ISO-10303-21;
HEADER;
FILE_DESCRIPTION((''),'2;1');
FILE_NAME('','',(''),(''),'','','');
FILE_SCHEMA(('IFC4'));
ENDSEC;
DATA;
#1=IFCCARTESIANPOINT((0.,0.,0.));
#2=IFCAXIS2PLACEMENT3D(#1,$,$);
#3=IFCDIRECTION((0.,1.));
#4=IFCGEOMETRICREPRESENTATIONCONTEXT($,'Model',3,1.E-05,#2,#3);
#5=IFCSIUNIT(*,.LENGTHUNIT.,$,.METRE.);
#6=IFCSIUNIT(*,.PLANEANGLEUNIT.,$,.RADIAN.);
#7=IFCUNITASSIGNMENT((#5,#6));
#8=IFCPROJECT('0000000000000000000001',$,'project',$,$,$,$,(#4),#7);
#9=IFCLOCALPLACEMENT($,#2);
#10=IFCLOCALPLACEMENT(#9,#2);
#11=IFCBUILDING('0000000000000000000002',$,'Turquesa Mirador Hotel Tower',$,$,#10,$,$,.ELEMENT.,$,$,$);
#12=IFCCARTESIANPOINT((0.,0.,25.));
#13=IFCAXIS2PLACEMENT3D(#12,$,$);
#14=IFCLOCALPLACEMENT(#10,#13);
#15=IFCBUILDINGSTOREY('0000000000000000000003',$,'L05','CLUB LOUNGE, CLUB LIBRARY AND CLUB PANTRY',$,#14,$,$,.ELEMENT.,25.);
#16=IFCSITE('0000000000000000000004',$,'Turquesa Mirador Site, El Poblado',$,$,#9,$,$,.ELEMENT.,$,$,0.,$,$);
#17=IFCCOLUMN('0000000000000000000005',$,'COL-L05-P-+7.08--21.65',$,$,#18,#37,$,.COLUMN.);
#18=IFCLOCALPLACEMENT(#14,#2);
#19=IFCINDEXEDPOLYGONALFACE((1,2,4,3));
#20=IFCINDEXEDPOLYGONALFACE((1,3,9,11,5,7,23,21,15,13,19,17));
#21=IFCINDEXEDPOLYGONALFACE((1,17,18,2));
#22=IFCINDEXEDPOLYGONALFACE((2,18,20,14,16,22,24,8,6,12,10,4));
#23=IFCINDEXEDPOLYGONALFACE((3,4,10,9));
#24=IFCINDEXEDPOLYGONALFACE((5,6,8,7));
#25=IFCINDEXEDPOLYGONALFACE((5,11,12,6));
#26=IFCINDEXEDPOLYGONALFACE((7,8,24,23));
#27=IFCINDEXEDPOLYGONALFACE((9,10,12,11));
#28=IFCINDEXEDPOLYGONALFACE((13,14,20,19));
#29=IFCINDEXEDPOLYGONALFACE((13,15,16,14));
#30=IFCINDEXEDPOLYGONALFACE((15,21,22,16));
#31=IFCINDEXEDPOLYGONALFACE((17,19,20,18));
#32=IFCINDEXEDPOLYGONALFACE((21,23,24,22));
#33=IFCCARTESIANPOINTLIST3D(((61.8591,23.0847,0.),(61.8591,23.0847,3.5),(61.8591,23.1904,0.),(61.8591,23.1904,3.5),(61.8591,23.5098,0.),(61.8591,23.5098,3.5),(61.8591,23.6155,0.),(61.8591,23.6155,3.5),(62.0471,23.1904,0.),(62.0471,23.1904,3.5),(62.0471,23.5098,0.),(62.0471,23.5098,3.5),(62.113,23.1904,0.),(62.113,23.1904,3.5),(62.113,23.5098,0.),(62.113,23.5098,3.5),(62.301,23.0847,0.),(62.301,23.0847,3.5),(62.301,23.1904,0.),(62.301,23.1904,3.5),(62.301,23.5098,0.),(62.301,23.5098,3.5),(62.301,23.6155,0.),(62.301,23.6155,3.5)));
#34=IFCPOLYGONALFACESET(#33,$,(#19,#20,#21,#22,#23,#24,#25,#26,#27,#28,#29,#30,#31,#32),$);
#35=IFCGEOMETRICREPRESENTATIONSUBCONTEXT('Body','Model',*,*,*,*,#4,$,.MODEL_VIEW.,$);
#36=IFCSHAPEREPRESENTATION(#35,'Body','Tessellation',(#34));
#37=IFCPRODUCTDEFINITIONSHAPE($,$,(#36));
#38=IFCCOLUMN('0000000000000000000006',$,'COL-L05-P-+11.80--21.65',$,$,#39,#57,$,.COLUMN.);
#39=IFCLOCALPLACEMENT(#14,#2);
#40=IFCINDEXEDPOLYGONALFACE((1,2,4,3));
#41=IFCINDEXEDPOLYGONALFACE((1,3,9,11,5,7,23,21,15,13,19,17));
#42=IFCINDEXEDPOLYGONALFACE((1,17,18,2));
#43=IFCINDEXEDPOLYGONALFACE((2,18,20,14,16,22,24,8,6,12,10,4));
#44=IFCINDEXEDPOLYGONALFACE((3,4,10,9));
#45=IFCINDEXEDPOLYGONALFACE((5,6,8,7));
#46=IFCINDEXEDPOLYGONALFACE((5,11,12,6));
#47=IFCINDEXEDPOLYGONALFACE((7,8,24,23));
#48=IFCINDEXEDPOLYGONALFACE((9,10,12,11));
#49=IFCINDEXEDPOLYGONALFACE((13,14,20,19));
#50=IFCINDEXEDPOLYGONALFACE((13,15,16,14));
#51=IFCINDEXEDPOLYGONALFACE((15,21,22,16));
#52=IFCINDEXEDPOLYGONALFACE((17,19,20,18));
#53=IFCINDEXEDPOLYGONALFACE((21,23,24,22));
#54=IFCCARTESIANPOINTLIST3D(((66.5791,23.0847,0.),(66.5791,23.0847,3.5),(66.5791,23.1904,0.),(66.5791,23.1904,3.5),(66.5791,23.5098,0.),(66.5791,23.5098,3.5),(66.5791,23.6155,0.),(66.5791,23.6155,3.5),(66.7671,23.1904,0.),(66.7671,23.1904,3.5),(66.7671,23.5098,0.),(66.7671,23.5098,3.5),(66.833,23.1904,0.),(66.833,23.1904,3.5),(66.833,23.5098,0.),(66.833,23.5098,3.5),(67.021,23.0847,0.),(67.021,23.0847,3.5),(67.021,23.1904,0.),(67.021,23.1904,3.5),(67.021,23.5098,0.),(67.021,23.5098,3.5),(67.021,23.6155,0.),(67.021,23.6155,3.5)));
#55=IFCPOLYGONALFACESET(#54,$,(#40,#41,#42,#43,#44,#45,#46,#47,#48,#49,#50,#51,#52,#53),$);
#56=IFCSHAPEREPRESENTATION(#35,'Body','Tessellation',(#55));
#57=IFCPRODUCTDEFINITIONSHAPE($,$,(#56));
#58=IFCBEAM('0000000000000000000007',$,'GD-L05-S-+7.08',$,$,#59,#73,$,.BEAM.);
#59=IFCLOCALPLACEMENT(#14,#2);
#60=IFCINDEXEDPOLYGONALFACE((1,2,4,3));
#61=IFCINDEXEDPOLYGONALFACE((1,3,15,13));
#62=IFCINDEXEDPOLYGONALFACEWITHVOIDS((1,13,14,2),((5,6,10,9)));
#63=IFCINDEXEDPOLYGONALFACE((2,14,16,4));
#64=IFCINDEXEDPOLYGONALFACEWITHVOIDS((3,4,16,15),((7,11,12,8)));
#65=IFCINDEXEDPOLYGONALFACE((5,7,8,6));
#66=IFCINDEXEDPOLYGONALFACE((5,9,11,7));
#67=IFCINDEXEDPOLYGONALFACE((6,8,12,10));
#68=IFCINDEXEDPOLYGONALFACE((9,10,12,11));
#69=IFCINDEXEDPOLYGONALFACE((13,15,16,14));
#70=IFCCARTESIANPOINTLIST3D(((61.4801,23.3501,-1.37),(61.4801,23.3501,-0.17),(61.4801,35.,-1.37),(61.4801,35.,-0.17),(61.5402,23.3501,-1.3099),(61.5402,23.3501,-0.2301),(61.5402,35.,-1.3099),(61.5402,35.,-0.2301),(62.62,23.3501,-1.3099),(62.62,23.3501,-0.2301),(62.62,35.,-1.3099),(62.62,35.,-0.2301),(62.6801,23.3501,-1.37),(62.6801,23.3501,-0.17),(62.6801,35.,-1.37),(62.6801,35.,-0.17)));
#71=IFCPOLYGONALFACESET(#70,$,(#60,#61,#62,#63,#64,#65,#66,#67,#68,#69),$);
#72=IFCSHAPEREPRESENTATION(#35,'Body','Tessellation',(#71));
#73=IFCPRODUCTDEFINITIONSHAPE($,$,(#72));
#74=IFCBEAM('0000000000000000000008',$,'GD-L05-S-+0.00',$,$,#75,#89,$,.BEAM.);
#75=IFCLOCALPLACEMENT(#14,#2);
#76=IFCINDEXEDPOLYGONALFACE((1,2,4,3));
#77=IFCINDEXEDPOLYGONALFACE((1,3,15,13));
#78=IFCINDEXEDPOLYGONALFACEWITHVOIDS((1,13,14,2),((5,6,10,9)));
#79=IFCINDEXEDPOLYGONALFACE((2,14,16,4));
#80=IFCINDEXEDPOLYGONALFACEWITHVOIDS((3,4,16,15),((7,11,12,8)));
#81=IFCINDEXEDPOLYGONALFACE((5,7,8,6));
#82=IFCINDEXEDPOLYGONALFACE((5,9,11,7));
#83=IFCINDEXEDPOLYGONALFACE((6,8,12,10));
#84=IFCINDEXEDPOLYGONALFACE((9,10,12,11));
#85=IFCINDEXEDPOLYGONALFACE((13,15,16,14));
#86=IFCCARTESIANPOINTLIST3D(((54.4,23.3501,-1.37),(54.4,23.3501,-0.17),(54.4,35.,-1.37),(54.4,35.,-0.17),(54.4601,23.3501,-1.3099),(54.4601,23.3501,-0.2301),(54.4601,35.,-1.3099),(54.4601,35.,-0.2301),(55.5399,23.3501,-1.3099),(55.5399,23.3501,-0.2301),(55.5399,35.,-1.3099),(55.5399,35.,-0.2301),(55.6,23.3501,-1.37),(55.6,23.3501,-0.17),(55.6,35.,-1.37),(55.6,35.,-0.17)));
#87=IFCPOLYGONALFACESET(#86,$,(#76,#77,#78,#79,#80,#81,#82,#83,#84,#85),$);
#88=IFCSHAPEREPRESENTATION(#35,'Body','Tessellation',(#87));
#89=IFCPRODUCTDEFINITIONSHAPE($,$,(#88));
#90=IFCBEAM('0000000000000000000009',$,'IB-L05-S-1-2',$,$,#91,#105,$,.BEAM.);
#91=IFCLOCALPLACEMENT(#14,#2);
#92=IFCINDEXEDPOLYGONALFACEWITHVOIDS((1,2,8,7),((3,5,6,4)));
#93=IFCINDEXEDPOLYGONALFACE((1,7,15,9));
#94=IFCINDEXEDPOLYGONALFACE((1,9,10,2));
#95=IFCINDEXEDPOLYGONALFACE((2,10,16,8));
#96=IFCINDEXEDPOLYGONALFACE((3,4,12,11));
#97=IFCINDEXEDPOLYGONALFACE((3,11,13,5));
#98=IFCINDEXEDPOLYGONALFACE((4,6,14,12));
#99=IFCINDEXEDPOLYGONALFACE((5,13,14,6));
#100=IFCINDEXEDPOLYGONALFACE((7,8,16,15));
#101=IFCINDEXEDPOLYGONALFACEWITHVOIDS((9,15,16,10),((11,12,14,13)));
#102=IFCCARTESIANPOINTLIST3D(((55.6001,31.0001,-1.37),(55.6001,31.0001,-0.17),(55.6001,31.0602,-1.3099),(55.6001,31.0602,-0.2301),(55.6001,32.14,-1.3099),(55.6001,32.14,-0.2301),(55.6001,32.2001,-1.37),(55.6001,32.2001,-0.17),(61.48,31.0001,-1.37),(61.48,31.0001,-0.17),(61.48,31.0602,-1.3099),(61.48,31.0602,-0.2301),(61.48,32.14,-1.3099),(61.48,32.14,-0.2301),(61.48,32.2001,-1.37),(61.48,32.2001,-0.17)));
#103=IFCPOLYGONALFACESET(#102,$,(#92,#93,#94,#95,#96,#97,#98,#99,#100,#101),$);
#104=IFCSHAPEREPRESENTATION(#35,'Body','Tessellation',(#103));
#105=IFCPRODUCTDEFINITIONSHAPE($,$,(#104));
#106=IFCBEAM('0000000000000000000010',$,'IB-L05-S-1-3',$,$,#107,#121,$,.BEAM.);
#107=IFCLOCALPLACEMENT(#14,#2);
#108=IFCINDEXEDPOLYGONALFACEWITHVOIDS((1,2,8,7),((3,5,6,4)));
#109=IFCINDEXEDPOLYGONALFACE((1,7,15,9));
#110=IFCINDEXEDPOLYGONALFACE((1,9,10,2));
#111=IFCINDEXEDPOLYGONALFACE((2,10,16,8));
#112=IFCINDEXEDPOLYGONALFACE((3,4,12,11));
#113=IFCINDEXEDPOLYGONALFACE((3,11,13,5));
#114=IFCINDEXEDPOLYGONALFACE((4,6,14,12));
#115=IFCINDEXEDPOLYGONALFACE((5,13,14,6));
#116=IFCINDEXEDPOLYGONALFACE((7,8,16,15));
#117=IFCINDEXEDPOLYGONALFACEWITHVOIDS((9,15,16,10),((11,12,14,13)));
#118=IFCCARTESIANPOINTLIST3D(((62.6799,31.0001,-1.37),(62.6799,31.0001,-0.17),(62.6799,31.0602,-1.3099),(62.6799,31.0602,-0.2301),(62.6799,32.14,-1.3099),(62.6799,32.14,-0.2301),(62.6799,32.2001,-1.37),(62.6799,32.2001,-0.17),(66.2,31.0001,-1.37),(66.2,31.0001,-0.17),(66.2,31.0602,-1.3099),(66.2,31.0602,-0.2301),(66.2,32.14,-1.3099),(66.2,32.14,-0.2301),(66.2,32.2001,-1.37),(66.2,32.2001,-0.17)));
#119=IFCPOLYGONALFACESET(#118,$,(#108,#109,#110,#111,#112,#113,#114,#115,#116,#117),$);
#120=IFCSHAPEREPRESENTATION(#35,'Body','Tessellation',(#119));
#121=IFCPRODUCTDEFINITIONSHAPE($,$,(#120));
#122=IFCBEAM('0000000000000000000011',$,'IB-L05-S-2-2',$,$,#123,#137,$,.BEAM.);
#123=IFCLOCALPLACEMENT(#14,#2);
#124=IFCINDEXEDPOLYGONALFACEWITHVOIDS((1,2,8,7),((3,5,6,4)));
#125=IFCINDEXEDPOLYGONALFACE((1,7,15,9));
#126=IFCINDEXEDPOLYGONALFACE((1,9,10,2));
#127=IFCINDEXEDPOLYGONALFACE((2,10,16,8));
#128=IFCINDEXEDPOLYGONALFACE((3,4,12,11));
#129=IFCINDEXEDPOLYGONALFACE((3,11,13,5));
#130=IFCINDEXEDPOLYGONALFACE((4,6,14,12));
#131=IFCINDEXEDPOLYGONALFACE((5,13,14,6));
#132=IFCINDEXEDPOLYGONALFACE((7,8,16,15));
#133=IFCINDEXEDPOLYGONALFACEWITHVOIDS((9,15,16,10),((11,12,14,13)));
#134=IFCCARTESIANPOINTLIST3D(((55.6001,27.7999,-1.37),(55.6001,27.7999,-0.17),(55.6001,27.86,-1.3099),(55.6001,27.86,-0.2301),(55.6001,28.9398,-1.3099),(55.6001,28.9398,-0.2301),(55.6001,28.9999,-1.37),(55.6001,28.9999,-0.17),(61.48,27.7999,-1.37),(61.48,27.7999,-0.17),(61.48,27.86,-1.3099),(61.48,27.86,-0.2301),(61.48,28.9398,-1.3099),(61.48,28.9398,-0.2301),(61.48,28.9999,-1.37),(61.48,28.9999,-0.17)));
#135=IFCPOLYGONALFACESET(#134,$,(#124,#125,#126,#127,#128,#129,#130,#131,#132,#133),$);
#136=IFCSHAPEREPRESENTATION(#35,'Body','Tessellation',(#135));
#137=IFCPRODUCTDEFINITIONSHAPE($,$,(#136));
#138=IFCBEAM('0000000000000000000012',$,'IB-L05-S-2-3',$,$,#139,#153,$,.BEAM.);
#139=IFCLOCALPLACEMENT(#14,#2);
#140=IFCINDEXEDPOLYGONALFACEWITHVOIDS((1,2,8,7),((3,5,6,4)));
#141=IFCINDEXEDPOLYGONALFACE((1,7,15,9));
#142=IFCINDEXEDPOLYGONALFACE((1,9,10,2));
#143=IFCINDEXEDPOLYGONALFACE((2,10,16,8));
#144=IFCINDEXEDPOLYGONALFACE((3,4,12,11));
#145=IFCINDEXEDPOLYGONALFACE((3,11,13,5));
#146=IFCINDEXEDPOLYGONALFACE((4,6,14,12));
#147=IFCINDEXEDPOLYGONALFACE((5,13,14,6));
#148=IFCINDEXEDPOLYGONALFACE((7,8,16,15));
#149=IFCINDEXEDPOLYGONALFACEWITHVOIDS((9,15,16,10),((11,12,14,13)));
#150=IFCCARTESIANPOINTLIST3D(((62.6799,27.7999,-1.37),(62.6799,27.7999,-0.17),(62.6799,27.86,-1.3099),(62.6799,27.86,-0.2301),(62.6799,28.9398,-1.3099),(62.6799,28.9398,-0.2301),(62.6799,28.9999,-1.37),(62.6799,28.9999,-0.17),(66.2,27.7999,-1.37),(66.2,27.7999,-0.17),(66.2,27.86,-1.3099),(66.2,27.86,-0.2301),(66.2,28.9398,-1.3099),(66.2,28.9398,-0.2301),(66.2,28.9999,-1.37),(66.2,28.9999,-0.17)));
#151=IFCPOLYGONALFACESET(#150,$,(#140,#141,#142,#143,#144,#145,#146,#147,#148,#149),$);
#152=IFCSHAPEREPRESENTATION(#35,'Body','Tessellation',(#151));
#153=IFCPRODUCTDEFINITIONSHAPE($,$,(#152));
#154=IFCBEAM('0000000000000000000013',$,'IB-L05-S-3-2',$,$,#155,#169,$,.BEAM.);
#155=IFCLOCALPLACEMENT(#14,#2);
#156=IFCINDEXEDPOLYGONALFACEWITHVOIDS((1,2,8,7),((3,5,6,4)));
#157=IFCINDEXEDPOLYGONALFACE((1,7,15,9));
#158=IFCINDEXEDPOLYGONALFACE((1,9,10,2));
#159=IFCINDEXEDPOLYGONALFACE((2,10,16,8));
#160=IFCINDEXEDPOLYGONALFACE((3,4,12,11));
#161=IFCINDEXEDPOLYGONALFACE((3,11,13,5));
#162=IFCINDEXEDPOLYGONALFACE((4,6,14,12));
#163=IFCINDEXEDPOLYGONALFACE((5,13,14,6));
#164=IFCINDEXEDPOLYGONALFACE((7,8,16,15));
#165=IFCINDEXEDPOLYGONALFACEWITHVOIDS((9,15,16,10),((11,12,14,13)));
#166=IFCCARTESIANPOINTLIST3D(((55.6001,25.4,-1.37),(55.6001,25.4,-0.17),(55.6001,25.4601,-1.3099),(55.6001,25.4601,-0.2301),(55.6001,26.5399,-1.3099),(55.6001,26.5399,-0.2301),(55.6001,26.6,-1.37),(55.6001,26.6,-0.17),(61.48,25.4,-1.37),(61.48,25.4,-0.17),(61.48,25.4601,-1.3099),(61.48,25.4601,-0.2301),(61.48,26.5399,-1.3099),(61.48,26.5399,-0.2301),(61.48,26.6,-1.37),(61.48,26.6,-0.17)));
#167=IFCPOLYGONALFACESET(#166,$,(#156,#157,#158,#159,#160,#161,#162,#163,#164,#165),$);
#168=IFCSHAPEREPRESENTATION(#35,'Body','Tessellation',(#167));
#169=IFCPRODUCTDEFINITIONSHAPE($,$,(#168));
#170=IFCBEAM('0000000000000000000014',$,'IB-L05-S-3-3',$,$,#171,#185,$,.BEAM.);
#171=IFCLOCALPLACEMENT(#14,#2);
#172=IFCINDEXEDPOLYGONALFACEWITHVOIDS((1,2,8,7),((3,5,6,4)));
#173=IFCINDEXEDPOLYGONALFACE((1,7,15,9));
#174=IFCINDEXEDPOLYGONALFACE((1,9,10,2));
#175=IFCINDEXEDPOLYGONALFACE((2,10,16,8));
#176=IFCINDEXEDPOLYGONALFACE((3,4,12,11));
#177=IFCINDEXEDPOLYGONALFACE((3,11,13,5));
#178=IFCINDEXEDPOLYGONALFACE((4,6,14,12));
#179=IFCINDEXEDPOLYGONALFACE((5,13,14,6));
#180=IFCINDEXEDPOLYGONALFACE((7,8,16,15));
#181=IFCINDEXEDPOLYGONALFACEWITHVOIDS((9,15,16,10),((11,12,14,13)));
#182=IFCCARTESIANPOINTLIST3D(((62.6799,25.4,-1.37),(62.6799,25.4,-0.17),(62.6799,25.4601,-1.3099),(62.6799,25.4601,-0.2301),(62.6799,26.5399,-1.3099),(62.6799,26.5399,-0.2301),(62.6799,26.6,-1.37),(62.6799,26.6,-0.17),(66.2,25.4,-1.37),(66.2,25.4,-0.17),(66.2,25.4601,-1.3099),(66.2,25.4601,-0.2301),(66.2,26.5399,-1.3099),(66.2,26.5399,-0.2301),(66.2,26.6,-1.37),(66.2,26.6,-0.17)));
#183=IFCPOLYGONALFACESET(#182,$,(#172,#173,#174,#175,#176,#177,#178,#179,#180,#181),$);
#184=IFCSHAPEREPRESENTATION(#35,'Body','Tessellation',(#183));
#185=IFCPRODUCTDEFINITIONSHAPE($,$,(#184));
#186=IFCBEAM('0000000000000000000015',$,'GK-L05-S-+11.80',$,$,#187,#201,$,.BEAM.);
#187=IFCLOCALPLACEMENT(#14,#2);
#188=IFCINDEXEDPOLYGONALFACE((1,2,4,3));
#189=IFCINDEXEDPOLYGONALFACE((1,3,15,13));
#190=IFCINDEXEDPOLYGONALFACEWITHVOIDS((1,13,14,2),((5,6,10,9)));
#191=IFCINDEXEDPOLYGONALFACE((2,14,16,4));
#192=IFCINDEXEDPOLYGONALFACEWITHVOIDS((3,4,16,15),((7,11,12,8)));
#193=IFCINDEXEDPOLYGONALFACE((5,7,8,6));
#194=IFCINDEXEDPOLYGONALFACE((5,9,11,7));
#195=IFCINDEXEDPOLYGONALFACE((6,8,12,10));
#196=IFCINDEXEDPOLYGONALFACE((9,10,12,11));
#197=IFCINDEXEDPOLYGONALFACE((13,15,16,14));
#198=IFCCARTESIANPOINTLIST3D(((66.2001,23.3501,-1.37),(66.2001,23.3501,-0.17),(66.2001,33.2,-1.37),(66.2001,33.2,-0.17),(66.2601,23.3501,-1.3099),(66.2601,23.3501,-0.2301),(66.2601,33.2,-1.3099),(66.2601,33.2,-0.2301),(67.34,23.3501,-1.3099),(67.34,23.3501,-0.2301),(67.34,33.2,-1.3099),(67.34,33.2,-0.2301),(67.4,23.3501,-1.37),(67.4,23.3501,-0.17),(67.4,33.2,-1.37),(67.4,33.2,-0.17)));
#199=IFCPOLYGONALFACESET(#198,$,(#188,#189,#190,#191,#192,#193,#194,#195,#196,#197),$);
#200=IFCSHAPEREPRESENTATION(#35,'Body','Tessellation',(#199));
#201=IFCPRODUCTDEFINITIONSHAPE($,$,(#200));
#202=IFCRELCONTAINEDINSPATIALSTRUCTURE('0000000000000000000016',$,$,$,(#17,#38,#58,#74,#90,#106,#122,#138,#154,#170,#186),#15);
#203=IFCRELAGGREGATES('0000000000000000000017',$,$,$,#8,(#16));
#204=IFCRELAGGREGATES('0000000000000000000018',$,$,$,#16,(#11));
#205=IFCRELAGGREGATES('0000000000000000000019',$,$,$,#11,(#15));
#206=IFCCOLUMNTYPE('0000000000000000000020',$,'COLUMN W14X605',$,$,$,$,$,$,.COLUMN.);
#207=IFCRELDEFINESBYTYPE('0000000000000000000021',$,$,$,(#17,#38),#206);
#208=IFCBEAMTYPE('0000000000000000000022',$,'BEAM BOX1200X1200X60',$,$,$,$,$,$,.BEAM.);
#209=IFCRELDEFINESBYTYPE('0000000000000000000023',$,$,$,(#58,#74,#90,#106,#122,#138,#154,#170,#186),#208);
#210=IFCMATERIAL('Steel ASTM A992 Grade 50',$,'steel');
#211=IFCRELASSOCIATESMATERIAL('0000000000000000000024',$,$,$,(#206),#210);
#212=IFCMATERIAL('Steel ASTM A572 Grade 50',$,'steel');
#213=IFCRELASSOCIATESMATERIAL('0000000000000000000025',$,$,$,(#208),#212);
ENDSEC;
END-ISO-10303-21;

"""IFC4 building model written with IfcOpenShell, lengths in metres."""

from ifc_helpers import new_model, si_unit, direction, frame, origin, origin_2d, place, context, subcontext, project, spatial, hollow_rectangle, i_section, extrude, material, material_profile, profile_set, type_object, element, save


model = new_model("IFC4")

# Units and contexts
model_context = context("Model", 3, precision=1e-05, world=origin(), true_north=direction((0.0, 1.0)))
body_context = subcontext(model_context, "Body", "Model", "MODEL_VIEW")
ifc_project = project(units=[si_unit("LENGTHUNIT", "METRE"), si_unit("PLANEANGLEUNIT", "RADIAN")], contexts=[model_context])

# Site, building, storey
site_placement = place(None, origin())
site = spatial("IfcSite", under=ifc_project, at=site_placement, Name="Turquesa Mirador Site, El Poblado", CompositionType="ELEMENT", RefElevation=0.0)
building_placement = place(site_placement, origin())
building = spatial("IfcBuilding", under=site, at=building_placement, Name="Turquesa Mirador Hotel Tower", CompositionType="ELEMENT")
storey_placement = place(building_placement, frame((0.0, 0.0, 25.0)))
storey = spatial("IfcBuildingStorey", under=building, at=storey_placement, Name="L05", Description="CLUB LOUNGE, CLUB LIBRARY AND CLUB PANTRY", CompositionType="ELEMENT", Elevation=25.0)

# Columns
ifc_material_1 = material(Name="Steel ASTM A992 Grade 50", Category="steel")
ifc_material_profile_1 = material_profile(ifc_material_1, i_section(OverallWidth=0.4419, OverallDepth=0.5308, WebThickness=0.0659, FlangeThickness=0.1057, at=origin_2d()), Name="W14X605")
ifc_profile_set_1 = profile_set([ifc_material_profile_1], Name="Steel ASTM A992 Grade 50")
column_type = type_object("IfcColumnType", Name="COLUMN W14X605", PredefinedType="COLUMN", material=ifc_profile_set_1)
for number, where, z_axis, x_axis, name in (
    (1, (62.0801, 23.3501, 0.0), (0.0, 0.0, 1.0), (1.0, 0.0, 0.0), "COL-L05-P-+7.08--21.65"),
    (2, (66.8, 23.3501, 0.0), (0.0, 0.0, 1.0), (1.0, 0.0, 0.0), "COL-L05-P-+11.80--21.65"),
):
    element("IfcColumn", number, at=place(storey_placement, frame(where, z_axis=z_axis, x_axis=x_axis)), inside=storey, type_object=column_type, Name=name, PredefinedType="COLUMN", context=body_context, shape_type="SweptSolid", body=[
        extrude(i_section(OverallWidth=0.4419, OverallDepth=0.5308, WebThickness=0.0659, FlangeThickness=0.1057, at=origin_2d()), origin(), (0.0, 0.0, 1.0), 3.5),
    ])

# Beams
ifc_material_2 = material(Name="Steel ASTM A572 Grade 50", Category="steel")
ifc_material_profile_2 = material_profile(ifc_material_2, hollow_rectangle(XDim=1.2, YDim=1.2, WallThickness=0.0601, at=origin_2d()), Name="BOX1200X1200X60")
ifc_profile_set_2 = profile_set([ifc_material_profile_2], Name="Steel ASTM A572 Grade 50")
beam_type_1 = type_object("IfcBeamType", Name="BEAM BOX1200X1200X60", PredefinedType="BEAM", material=ifc_profile_set_2)
for number, where, z_axis, x_axis, name in (
    (3, (62.0801, 23.3501, -0.77), (0.0, 1.0, 0.0), (-1.0, 0.0, 0.0), "GD-L05-S-+7.08"),
    (4, (55.0, 23.3501, -0.77), (0.0, 1.0, 0.0), (-1.0, 0.0, 0.0), "GD-L05-S-+0.00"),
):
    element("IfcBeam", number, at=place(storey_placement, frame(where, z_axis=z_axis, x_axis=x_axis)), inside=storey, type_object=beam_type_1, Name=name, PredefinedType="BEAM", context=body_context, shape_type="SweptSolid", body=[
        extrude(hollow_rectangle(XDim=1.2, YDim=1.2, WallThickness=0.0601, at=origin_2d()), origin(), (0.0, 0.0, 1.0), 11.6499),
    ])
beam_1_placement = place(storey_placement, frame((55.6001, 31.6001, -0.77), z_axis=(1.0, 0.0, 0.0), x_axis=(0.0, 1.0, 0.0)))
element("IfcBeam", 5, at=beam_1_placement, inside=storey, type_object=beam_type_1, Name="IB-L05-S-1-2", PredefinedType="BEAM", context=body_context, shape_type="SweptSolid", body=[
    extrude(hollow_rectangle(XDim=1.2, YDim=1.2, WallThickness=0.0601, at=origin_2d()), origin(), (0.0, 0.0, 1.0), 5.8799),
])
beam_2_placement = place(storey_placement, frame((62.6799, 31.6001, -0.77), z_axis=(1.0, 0.0, 0.0), x_axis=(0.0, 1.0, 0.0)))
element("IfcBeam", 6, at=beam_2_placement, inside=storey, type_object=beam_type_1, Name="IB-L05-S-1-3", PredefinedType="BEAM", context=body_context, shape_type="SweptSolid", body=[
    extrude(hollow_rectangle(XDim=1.2, YDim=1.2, WallThickness=0.0601, at=origin_2d()), origin(), (0.0, 0.0, 1.0), 3.52),
])
beam_3_placement = place(storey_placement, frame((55.6001, 28.3999, -0.77), z_axis=(1.0, 0.0, 0.0), x_axis=(0.0, 1.0, 0.0)))
element("IfcBeam", 7, at=beam_3_placement, inside=storey, type_object=beam_type_1, Name="IB-L05-S-2-2", PredefinedType="BEAM", context=body_context, shape_type="SweptSolid", body=[
    extrude(hollow_rectangle(XDim=1.2, YDim=1.2, WallThickness=0.0601, at=origin_2d()), origin(), (0.0, 0.0, 1.0), 5.8799),
])
beam_4_placement = place(storey_placement, frame((62.6799, 28.3999, -0.77), z_axis=(1.0, 0.0, 0.0), x_axis=(0.0, 1.0, 0.0)))
element("IfcBeam", 8, at=beam_4_placement, inside=storey, type_object=beam_type_1, Name="IB-L05-S-2-3", PredefinedType="BEAM", context=body_context, shape_type="SweptSolid", body=[
    extrude(hollow_rectangle(XDim=1.2, YDim=1.2, WallThickness=0.0601, at=origin_2d()), origin(), (0.0, 0.0, 1.0), 3.52),
])
beam_5_placement = place(storey_placement, frame((55.6001, 26.0, -0.77), z_axis=(1.0, 0.0, 0.0), x_axis=(0.0, 1.0, 0.0)))
element("IfcBeam", 9, at=beam_5_placement, inside=storey, type_object=beam_type_1, Name="IB-L05-S-3-2", PredefinedType="BEAM", context=body_context, shape_type="SweptSolid", body=[
    extrude(hollow_rectangle(XDim=1.2, YDim=1.2, WallThickness=0.0601, at=origin_2d()), origin(), (0.0, 0.0, 1.0), 5.8799),
])
beam_6_placement = place(storey_placement, frame((62.6799, 26.0, -0.77), z_axis=(1.0, 0.0, 0.0), x_axis=(0.0, 1.0, 0.0)))
element("IfcBeam", 10, at=beam_6_placement, inside=storey, type_object=beam_type_1, Name="IB-L05-S-3-3", PredefinedType="BEAM", context=body_context, shape_type="SweptSolid", body=[
    extrude(hollow_rectangle(XDim=1.2, YDim=1.2, WallThickness=0.0601, at=origin_2d()), origin(), (0.0, 0.0, 1.0), 3.52),
])
beam_7_placement = place(storey_placement, frame((66.8, 23.3501, -0.77), z_axis=(0.0, 1.0, 0.0), x_axis=(-1.0, 0.0, 0.0)))
element("IfcBeam", 11, at=beam_7_placement, inside=storey, type_object=beam_type_1, Name="GK-L05-S-+11.80", PredefinedType="BEAM", context=body_context, shape_type="SweptSolid", body=[
    extrude(hollow_rectangle(XDim=1.2, YDim=1.2, WallThickness=0.0601, at=origin_2d()), origin(), (0.0, 0.0, 1.0), 9.8499),
])

save(model, "model.ifc")
